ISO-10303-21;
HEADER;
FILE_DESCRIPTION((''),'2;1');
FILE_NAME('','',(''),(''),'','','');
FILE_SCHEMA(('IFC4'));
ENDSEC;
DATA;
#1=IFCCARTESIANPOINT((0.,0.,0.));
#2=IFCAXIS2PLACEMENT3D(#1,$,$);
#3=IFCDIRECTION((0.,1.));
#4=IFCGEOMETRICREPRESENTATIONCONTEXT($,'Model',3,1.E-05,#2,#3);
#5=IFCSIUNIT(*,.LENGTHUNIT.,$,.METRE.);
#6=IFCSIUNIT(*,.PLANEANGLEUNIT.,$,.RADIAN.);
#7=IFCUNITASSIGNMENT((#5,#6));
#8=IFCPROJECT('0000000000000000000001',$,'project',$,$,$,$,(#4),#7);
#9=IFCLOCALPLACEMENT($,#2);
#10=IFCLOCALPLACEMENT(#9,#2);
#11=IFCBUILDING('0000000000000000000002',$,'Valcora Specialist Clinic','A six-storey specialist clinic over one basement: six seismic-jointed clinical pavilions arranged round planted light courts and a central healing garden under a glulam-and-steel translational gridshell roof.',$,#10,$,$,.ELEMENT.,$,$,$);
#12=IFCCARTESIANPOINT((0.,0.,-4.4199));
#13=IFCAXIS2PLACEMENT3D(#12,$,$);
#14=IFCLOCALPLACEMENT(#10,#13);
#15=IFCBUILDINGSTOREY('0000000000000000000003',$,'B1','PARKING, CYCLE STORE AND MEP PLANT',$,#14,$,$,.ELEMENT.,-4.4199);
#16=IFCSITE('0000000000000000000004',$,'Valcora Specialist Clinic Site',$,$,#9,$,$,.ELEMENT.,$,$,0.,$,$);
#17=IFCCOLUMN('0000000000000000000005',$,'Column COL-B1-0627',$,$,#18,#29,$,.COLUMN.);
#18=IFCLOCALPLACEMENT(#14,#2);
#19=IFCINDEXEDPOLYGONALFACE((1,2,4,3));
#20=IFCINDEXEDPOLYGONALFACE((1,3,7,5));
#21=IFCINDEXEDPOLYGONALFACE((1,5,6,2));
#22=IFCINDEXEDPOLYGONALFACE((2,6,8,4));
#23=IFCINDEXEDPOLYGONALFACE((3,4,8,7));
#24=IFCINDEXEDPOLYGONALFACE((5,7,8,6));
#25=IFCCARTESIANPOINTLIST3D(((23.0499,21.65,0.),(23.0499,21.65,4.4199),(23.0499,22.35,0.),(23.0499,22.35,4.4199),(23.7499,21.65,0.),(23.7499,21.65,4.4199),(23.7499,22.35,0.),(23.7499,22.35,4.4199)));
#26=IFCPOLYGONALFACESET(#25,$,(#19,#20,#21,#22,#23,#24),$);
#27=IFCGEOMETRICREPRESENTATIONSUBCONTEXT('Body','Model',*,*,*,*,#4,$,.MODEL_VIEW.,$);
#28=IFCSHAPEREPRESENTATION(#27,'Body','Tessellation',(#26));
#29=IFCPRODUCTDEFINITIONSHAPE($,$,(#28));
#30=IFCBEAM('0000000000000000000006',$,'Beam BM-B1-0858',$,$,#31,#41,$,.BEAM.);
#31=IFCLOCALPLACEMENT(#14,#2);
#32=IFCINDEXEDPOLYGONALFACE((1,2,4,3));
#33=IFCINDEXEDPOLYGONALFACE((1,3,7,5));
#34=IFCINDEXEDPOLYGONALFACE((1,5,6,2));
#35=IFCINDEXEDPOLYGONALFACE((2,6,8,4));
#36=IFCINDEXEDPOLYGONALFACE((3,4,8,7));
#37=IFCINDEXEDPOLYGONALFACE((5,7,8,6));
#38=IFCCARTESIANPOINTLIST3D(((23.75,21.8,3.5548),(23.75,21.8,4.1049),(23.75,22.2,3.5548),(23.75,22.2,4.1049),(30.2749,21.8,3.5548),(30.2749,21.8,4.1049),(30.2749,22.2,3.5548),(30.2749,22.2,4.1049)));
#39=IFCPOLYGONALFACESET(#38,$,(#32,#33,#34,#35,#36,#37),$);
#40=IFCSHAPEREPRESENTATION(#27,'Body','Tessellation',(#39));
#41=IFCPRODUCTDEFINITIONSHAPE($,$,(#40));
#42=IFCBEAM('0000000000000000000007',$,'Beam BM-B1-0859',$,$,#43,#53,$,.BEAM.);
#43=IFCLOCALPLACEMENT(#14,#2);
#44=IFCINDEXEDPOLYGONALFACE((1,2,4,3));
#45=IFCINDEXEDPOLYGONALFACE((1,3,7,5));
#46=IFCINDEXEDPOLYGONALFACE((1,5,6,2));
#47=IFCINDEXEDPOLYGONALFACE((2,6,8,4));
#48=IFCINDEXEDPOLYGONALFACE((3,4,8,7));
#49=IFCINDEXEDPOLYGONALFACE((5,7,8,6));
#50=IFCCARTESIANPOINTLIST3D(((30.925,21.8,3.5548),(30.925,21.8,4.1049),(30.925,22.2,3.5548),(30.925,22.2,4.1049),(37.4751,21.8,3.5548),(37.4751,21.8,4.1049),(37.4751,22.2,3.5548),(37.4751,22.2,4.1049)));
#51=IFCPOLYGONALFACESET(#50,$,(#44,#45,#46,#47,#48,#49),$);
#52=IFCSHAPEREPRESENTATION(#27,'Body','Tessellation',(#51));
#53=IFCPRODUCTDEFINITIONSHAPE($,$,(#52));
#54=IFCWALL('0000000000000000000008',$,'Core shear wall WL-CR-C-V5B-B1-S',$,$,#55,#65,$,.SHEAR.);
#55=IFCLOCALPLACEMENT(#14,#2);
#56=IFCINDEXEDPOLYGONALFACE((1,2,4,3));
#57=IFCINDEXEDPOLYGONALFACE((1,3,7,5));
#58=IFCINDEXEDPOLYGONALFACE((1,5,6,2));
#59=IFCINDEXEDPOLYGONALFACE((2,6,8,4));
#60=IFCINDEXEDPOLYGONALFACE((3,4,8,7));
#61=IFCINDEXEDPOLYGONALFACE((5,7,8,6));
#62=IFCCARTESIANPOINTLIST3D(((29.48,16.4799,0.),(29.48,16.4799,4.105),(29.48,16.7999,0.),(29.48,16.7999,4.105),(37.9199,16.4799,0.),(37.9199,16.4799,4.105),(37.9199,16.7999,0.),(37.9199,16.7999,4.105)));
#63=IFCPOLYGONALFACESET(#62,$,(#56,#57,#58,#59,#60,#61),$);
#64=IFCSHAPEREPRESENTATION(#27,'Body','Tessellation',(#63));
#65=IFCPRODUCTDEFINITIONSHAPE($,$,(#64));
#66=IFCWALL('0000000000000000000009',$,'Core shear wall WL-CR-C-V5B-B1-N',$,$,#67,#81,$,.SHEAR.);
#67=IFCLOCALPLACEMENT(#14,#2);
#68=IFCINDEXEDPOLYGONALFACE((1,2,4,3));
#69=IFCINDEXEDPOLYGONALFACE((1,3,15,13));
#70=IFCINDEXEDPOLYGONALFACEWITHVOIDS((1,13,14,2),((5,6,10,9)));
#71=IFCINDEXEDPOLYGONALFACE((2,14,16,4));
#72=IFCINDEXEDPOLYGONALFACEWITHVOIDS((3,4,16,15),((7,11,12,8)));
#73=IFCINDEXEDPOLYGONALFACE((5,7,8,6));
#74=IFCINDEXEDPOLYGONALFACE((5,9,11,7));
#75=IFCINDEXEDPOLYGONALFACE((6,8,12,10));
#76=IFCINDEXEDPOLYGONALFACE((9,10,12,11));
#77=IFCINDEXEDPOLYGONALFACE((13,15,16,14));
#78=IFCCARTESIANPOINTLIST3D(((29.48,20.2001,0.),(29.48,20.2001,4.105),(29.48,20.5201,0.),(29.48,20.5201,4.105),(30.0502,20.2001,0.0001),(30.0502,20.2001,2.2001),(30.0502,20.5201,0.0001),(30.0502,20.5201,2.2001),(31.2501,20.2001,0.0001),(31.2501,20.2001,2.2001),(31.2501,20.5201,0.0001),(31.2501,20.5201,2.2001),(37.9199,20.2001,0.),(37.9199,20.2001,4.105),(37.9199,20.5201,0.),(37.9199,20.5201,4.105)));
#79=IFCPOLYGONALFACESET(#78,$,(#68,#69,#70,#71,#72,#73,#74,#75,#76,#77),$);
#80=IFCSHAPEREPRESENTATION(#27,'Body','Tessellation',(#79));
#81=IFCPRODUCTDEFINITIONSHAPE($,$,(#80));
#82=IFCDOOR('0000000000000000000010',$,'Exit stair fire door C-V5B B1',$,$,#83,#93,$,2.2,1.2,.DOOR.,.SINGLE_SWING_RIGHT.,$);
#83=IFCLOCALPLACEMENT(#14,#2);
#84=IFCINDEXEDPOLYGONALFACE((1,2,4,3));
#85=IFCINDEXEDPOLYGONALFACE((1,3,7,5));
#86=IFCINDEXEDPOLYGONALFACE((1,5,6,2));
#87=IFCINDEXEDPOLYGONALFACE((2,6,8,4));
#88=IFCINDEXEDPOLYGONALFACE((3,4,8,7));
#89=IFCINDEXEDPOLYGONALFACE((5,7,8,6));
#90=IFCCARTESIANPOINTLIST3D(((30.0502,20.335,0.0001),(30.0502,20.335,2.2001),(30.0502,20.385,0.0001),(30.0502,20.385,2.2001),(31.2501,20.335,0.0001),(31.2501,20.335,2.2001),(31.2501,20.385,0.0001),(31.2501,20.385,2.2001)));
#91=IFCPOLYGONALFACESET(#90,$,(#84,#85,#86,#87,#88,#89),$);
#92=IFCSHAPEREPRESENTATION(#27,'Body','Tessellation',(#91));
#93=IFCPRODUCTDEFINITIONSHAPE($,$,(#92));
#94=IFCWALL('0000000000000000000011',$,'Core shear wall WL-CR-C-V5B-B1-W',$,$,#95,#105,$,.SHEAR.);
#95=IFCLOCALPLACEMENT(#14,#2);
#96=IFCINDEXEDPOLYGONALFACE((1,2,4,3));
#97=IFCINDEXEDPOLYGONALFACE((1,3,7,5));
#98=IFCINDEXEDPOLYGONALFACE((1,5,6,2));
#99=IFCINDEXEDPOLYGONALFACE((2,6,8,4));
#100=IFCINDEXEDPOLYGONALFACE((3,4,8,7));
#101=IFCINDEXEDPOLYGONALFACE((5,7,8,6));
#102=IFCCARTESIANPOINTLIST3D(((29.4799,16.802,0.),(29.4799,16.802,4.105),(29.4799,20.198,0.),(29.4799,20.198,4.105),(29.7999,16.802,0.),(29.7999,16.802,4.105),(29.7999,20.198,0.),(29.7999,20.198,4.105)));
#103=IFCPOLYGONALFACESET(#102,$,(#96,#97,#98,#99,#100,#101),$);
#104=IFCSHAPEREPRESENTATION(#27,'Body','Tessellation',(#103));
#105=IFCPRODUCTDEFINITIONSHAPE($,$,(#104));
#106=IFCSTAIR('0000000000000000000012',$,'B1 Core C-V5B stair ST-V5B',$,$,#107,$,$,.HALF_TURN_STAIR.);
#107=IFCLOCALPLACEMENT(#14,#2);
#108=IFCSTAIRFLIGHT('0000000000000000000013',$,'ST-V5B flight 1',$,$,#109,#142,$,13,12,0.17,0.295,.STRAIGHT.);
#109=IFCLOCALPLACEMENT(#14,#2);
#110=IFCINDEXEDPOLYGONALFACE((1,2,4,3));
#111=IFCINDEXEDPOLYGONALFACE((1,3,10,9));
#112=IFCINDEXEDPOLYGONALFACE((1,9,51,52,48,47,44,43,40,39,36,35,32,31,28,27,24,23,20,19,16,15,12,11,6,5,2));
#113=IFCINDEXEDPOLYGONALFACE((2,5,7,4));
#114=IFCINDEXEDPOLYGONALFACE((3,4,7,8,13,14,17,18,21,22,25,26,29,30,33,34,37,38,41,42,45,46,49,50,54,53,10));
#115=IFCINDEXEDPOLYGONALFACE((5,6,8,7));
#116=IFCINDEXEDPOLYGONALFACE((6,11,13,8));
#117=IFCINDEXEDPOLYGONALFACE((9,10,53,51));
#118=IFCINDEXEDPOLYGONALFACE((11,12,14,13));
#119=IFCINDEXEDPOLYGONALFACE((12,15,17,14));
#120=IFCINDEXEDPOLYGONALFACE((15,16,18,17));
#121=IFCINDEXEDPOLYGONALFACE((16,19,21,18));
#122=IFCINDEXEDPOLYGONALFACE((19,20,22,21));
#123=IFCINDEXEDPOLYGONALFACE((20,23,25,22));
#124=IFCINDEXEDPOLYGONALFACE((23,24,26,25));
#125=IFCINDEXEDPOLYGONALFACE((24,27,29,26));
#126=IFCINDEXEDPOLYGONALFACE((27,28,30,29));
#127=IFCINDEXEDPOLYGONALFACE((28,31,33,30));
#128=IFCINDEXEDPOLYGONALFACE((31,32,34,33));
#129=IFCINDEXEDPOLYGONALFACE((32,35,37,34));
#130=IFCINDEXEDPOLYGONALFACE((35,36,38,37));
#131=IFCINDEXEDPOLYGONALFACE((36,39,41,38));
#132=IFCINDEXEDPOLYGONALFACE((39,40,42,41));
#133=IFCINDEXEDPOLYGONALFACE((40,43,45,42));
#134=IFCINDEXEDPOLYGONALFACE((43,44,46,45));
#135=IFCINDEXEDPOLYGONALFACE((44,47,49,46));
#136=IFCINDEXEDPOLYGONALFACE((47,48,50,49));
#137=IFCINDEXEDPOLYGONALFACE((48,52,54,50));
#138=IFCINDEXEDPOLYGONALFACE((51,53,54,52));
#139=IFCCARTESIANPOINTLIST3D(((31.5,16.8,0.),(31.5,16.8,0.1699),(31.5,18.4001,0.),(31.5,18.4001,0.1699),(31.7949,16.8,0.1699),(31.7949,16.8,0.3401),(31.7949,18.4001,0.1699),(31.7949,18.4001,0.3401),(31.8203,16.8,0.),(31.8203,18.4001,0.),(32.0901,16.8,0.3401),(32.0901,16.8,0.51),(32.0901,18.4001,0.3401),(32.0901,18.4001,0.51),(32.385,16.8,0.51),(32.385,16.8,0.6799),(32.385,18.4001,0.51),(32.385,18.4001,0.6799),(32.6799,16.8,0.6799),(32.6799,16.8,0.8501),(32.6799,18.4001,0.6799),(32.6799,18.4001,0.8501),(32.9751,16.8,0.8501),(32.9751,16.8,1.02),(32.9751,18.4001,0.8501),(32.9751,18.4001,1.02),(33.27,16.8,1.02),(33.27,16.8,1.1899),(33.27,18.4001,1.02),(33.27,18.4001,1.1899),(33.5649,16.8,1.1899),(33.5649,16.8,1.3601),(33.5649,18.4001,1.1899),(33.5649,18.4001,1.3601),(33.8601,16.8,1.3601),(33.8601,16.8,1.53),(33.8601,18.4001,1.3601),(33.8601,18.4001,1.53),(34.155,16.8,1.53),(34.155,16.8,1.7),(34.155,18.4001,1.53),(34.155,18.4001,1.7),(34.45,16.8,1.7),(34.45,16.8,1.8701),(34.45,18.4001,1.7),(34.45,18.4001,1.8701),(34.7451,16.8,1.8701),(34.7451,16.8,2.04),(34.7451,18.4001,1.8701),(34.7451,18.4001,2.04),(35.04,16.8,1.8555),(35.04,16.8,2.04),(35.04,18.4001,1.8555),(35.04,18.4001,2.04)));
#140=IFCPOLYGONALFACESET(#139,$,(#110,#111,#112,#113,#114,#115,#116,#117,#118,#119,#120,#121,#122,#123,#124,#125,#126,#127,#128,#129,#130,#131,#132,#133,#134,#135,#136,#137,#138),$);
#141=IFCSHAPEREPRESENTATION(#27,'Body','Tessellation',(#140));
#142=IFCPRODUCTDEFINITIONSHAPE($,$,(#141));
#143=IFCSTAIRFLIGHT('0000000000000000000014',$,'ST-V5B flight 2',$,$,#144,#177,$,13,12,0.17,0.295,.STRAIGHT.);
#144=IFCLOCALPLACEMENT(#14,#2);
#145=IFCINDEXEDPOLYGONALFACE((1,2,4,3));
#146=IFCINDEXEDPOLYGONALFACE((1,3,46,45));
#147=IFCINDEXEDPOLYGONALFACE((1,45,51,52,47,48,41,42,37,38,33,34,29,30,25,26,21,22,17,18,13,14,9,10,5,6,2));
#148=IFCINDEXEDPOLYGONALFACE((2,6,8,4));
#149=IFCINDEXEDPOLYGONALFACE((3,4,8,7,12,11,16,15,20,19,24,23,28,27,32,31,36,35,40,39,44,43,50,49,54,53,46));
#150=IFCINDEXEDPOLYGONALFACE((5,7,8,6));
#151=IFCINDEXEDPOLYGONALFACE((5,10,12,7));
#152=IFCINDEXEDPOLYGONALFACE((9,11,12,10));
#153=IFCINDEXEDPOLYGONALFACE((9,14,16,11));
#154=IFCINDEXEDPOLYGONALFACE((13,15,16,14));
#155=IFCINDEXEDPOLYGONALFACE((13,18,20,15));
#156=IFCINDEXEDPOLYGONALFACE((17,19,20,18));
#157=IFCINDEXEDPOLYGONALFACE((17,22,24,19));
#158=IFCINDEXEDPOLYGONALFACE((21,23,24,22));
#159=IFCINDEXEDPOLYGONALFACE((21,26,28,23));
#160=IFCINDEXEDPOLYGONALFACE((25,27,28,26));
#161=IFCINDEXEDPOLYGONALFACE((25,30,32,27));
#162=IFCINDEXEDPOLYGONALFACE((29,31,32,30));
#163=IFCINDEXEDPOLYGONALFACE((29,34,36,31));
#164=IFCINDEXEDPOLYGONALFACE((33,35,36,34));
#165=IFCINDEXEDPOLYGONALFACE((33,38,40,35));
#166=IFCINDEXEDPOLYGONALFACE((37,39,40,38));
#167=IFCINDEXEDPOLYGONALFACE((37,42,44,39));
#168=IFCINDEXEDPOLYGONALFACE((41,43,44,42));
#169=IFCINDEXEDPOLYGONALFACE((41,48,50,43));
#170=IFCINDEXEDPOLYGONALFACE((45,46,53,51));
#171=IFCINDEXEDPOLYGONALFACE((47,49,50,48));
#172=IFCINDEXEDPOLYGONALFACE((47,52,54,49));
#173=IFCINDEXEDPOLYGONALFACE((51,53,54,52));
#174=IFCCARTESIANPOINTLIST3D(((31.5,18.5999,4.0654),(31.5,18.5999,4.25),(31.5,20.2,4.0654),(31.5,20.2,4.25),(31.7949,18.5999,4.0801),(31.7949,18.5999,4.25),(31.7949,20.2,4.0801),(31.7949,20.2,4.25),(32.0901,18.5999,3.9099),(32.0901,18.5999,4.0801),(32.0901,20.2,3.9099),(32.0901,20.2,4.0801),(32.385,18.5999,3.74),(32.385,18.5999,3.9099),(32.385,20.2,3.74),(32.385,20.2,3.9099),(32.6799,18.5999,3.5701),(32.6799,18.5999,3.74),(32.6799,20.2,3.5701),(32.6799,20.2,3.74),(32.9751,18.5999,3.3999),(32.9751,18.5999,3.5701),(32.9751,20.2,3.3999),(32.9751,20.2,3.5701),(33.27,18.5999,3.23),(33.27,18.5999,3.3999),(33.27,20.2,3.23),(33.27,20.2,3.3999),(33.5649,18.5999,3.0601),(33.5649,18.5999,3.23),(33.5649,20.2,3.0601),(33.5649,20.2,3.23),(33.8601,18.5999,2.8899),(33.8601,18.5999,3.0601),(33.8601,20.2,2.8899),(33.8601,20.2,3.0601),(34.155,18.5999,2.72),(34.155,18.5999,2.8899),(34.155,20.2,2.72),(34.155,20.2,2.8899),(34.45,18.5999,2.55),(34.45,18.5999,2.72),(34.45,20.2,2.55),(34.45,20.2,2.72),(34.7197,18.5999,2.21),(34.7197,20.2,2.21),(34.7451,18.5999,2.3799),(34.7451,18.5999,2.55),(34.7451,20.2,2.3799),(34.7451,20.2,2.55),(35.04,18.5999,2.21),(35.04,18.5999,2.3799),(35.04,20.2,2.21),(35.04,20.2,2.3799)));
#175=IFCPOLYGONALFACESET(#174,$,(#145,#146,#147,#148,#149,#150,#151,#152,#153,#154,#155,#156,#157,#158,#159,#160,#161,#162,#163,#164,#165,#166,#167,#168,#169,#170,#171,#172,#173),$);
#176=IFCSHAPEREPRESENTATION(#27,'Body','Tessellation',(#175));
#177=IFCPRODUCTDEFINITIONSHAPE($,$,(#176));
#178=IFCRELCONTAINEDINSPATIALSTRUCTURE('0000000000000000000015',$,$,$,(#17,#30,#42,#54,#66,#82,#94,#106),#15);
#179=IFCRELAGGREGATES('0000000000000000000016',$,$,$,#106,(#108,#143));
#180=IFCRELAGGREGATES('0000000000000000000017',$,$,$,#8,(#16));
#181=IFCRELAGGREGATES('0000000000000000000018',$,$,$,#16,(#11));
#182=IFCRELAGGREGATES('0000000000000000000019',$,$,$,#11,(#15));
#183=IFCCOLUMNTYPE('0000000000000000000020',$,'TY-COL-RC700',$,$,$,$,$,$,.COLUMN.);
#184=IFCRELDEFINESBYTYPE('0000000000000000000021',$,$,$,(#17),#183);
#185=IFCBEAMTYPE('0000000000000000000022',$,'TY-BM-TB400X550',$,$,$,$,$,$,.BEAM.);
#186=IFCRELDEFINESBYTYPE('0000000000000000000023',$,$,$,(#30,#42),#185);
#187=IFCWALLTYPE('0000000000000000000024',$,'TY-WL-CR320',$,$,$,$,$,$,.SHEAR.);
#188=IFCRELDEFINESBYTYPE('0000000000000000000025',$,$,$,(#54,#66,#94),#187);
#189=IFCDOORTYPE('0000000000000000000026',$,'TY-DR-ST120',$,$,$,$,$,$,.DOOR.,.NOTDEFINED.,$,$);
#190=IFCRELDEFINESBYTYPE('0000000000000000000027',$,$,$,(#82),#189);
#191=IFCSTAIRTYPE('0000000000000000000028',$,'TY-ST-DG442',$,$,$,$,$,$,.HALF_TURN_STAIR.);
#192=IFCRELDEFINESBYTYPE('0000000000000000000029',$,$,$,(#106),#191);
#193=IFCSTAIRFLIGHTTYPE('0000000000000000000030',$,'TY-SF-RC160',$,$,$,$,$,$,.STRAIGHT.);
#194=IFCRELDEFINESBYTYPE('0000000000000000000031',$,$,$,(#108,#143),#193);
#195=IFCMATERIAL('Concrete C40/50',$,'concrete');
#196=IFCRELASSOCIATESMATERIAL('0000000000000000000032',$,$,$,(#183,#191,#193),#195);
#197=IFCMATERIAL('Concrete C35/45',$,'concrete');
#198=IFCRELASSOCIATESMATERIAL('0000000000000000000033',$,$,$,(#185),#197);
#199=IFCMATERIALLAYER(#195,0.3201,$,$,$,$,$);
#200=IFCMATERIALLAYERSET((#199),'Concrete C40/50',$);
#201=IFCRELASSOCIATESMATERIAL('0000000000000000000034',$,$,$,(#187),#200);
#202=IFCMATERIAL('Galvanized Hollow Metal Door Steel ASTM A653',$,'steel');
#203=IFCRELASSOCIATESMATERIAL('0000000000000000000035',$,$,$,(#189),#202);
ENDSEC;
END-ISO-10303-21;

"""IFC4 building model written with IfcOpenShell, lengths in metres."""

from ifc_helpers import new_model, si_unit, direction, frame, frame_2d, origin, origin_2d, place, context, subcontext, project, spatial, polyline, rectangle, outline, extrude, material, layer, layer_set, material_profile, profile_set, type_object, element, fill, aggregate, save


model = new_model("IFC4")

# Units and contexts
model_context = context("Model", 3, precision=1e-05, world=origin(), true_north=direction((0.0, 1.0)))
body_context = subcontext(model_context, "Body", "Model", "MODEL_VIEW")
ifc_project = project(units=[si_unit("LENGTHUNIT", "METRE"), si_unit("PLANEANGLEUNIT", "RADIAN")], contexts=[model_context])

# Site, building, storey
site_placement = place(None, origin())
site = spatial("IfcSite", under=ifc_project, at=site_placement, Name="Valcora Specialist Clinic Site", CompositionType="ELEMENT", RefElevation=0.0)
building_placement = place(site_placement, origin())
building = spatial("IfcBuilding", under=site, at=building_placement, Name="Valcora Specialist Clinic", Description="A six-storey specialist clinic over one basement: six seismic-jointed clinical pavilions arranged round planted light courts and a central healing garden under a glulam-and-steel translational gridshell roof.", CompositionType="ELEMENT")
storey_placement = place(building_placement, frame((0.0, 0.0, -4.4199)))
storey = spatial("IfcBuildingStorey", under=building, at=storey_placement, Name="B1", Description="PARKING, CYCLE STORE AND MEP PLANT", CompositionType="ELEMENT", Elevation=-4.4199)

# Shared definitions
ifc_material_1 = material(Name="Concrete C35/45", Category="concrete")

# Column
ifc_material_2 = material(Name="Concrete C40/50", Category="concrete")
ifc_material_profile_1 = material_profile(ifc_material_2, rectangle(XDim=0.7, YDim=0.7, at=origin_2d()), Name="RC-COL-700X700")
ifc_profile_set_1 = profile_set([ifc_material_profile_1], Name="Concrete C40/50")
column_type_1 = type_object("IfcColumnType", Name="TY-COL-RC700", PredefinedType="COLUMN", material=ifc_profile_set_1)
column_1_placement = place(storey_placement, frame((23.3999, 22.0, 0.0), z_axis=(0.0, 0.0, 1.0), x_axis=(1.0, 0.0, 0.0)))
element("IfcColumn", 1, at=column_1_placement, inside=storey, type_object=column_type_1, Name="Column COL-B1-0627", PredefinedType="COLUMN", context=body_context, shape_type="SweptSolid", body=[
    extrude(rectangle(XDim=0.7, YDim=0.7, at=origin_2d()), origin(), (0.0, 0.0, 1.0), 4.4199),
])

# Beams
ifc_material_profile_2 = material_profile(ifc_material_1, rectangle(XDim=0.3999, YDim=0.55, at=origin_2d()), Name="RC-TB-400X550")
ifc_profile_set_2 = profile_set([ifc_material_profile_2], Name="Concrete C35/45")
beam_type = type_object("IfcBeamType", Name="TY-BM-TB400X550", PredefinedType="BEAM", material=ifc_profile_set_2)
beam_1_placement = place(storey_placement, frame((23.75, 22.0, 3.8298), z_axis=(1.0, 0.0, 0.0), x_axis=(0.0, 1.0, 0.0)))
element("IfcBeam", 2, at=beam_1_placement, inside=storey, type_object=beam_type, Name="Beam BM-B1-0858", PredefinedType="BEAM", context=body_context, shape_type="SweptSolid", body=[
    extrude(rectangle(XDim=0.3999, YDim=0.55, at=origin_2d()), origin(), (0.0, 0.0, 1.0), 6.5249),
])
beam_2_placement = place(storey_placement, frame((30.925, 22.0, 3.8298), z_axis=(1.0, 0.0, 0.0), x_axis=(0.0, 1.0, 0.0)))
element("IfcBeam", 3, at=beam_2_placement, inside=storey, type_object=beam_type, Name="Beam BM-B1-0859", PredefinedType="BEAM", context=body_context, shape_type="SweptSolid", body=[
    extrude(rectangle(XDim=0.3999, YDim=0.55, at=origin_2d()), origin(), (0.0, 0.0, 1.0), 6.55),
])

# Wall
ifc_layer = layer(ifc_material_2, 0.3201)
ifc_layer_set = layer_set([ifc_layer], Name="Concrete C40/50")
wall_type = type_object("IfcWallType", Name="TY-WL-CR320", PredefinedType="SHEAR", material=ifc_layer_set)
wall_1_placement = place(storey_placement, frame((29.48, 16.6399, 0.0), z_axis=(0.0, 0.0, 1.0), x_axis=(1.0, 0.0, 0.0)))
element("IfcWall", 4, at=wall_1_placement, inside=storey, type_object=wall_type, Name="Core shear wall WL-CR-C-V5B-B1-S", PredefinedType="SHEAR", context=body_context, shape_type="SweptSolid", body=[
    extrude(rectangle(XDim=8.4399, YDim=0.3201, at=frame_2d((4.22, 0.0))), origin(), (0.0, 0.0, 1.0), 4.105),
])

# Wall, opening, door
wall_2_placement = place(storey_placement, frame((29.48, 20.3601, 0.0), z_axis=(0.0, 0.0, 1.0), x_axis=(1.0, 0.0, 0.0)))
wall_2 = element("IfcWall", 5, at=wall_2_placement, inside=storey, type_object=wall_type, Name="Core shear wall WL-CR-C-V5B-B1-N", PredefinedType="SHEAR", context=body_context, shape_type="SweptSolid", body=[
    extrude(rectangle(XDim=8.4399, YDim=0.3201, at=frame_2d((4.22, 0.0))), origin(), (0.0, 0.0, 1.0), 4.105),
])
opening_placement = place(wall_2_placement, frame((0.5701, 0.0, 0.0)))
opening = element("IfcOpeningElement", 6, at=opening_placement, cuts=wall_2, PredefinedType="OPENING", context=body_context, shape_type="SweptSolid", body=[
    extrude(rectangle(XDim=1.2, YDim=2.2, at=frame_2d((0.6001, 1.1001))), frame((0.0, 0.1699, 0.0), z_axis=(0.0, -1.0, 0.0), x_axis=(1.0, 0.0, 0.0)), (0.0, 0.0, 1.0), 0.3401),
])
ifc_material_3 = material(Name="Galvanized Hollow Metal Door Steel ASTM A653", Category="steel")
door_type = type_object("IfcDoorType", Name="TY-DR-ST120", OperationType="NOTDEFINED", PredefinedType="DOOR", material=ifc_material_3)
door_placement = place(opening_placement, origin())
door = element("IfcDoor", 7, at=door_placement, inside=storey, type_object=door_type, Name="Exit stair fire door C-V5B B1", OperationType="SINGLE_SWING_RIGHT", OverallHeight=2.2, OverallWidth=1.2, PredefinedType="DOOR", context=body_context, shape_type="SweptSolid", body=[
    extrude(rectangle(XDim=1.2, YDim=2.2, at=frame_2d((0.6001, 1.1001))), frame((0.0, 0.0249, 0.0), z_axis=(0.0, -1.0, 0.0), x_axis=(1.0, 0.0, 0.0)), (0.0, 0.0, 1.0), 0.05),
])
fill(opening, door)

# Wall
wall_3_placement = place(storey_placement, frame((29.6399, 16.802, 0.0), z_axis=(0.0, 0.0, 1.0), x_axis=(0.0, 1.0, 0.0)))
element("IfcWall", 8, at=wall_3_placement, inside=storey, type_object=wall_type, Name="Core shear wall WL-CR-C-V5B-B1-W", PredefinedType="SHEAR", context=body_context, shape_type="SweptSolid", body=[
    extrude(rectangle(XDim=3.396, YDim=0.3201, at=frame_2d((1.698, 0.0))), origin(), (0.0, 0.0, 1.0), 4.105),
])

# Stair, stair flights
stair_type = type_object("IfcStairType", Name="TY-ST-DG442", PredefinedType="HALF_TURN_STAIR", material=ifc_material_2)
stair_placement = place(storey_placement, origin())
stair = element("IfcStair", 9, at=stair_placement, inside=storey, type_object=stair_type, Name="B1 Core C-V5B stair ST-V5B", PredefinedType="HALF_TURN_STAIR")
stair_flight_type = type_object("IfcStairFlightType", Name="TY-SF-RC160", PredefinedType="STRAIGHT", material=ifc_material_2)
stair_flight_1_placement = place(storey_placement, frame((31.5, 17.6001, 0.0), z_axis=(0.0, 0.0, 1.0), x_axis=(1.0, 0.0, 0.0)))
stair_flight_1 = element("IfcStairFlight", 10, at=stair_flight_1_placement, type_object=stair_flight_type, Name="ST-V5B flight 1", NumberOfRisers=13, NumberOfTreads=12, PredefinedType="STRAIGHT", RiserHeight=0.17, TreadLength=0.295, context=body_context, shape_type="SweptSolid", body=[
    extrude(outline(polyline([(0.0, 0.0), (0.0, 0.1699), (0.2949, 0.1699), (0.2949, 0.3401), (0.5901, 0.3401), (0.5901, 0.51), (0.885, 0.51), (0.885, 0.6799), (1.1799, 0.6799), (1.1799, 0.8501), (1.4751, 0.8501), (1.4751, 1.02), (1.77, 1.02), (1.77, 1.1899), (2.0649, 1.1899), (2.0649, 1.3601), (2.3601, 1.3601), (2.3601, 1.53), (2.655, 1.53), (2.655, 1.7), (2.95, 1.7), (2.95, 1.8701), (3.2451, 1.8701), (3.2451, 2.04), (3.54, 2.04), (3.54, 2.21), (3.54, 1.8555), (0.3203, 0.0), (0.0, 0.0)])), frame((0.0, 0.8, 0.0), z_axis=(0.0, -1.0, 0.0), x_axis=(1.0, 0.0, 0.0)), (0.0, 0.0, 1.0), 1.6001),
])
stair_flight_2_placement = place(storey_placement, frame((35.04, 19.3999, 2.21), z_axis=(0.0, 0.0, 1.0), x_axis=(-1.0, 0.0, 0.0)))
stair_flight_2 = element("IfcStairFlight", 11, at=stair_flight_2_placement, type_object=stair_flight_type, Name="ST-V5B flight 2", NumberOfRisers=13, NumberOfTreads=12, PredefinedType="STRAIGHT", RiserHeight=0.17, TreadLength=0.295, context=body_context, shape_type="SweptSolid", body=[
    extrude(outline(polyline([(0.0, 0.0), (0.0, 0.1699), (0.2949, 0.1699), (0.2949, 0.3401), (0.5901, 0.3401), (0.5901, 0.51), (0.885, 0.51), (0.885, 0.6799), (1.1799, 0.6799), (1.1799, 0.8501), (1.4751, 0.8501), (1.4751, 1.02), (1.77, 1.02), (1.77, 1.1899), (2.0649, 1.1899), (2.0649, 1.3601), (2.3601, 1.3601), (2.3601, 1.53), (2.655, 1.53), (2.655, 1.7), (2.95, 1.7), (2.95, 1.8701), (3.2451, 1.8701), (3.2451, 2.04), (3.54, 2.04), (3.54, 2.21), (3.54, 1.8555), (0.3203, 0.0), (0.0, 0.0)])), frame((0.0, 0.8, 0.0), z_axis=(0.0, -1.0, 0.0), x_axis=(1.0, 0.0, 0.0)), (0.0, 0.0, 1.0), 1.6001),
])
aggregate(stair, [stair_flight_1, stair_flight_2])

save(model, "model.ifc")
